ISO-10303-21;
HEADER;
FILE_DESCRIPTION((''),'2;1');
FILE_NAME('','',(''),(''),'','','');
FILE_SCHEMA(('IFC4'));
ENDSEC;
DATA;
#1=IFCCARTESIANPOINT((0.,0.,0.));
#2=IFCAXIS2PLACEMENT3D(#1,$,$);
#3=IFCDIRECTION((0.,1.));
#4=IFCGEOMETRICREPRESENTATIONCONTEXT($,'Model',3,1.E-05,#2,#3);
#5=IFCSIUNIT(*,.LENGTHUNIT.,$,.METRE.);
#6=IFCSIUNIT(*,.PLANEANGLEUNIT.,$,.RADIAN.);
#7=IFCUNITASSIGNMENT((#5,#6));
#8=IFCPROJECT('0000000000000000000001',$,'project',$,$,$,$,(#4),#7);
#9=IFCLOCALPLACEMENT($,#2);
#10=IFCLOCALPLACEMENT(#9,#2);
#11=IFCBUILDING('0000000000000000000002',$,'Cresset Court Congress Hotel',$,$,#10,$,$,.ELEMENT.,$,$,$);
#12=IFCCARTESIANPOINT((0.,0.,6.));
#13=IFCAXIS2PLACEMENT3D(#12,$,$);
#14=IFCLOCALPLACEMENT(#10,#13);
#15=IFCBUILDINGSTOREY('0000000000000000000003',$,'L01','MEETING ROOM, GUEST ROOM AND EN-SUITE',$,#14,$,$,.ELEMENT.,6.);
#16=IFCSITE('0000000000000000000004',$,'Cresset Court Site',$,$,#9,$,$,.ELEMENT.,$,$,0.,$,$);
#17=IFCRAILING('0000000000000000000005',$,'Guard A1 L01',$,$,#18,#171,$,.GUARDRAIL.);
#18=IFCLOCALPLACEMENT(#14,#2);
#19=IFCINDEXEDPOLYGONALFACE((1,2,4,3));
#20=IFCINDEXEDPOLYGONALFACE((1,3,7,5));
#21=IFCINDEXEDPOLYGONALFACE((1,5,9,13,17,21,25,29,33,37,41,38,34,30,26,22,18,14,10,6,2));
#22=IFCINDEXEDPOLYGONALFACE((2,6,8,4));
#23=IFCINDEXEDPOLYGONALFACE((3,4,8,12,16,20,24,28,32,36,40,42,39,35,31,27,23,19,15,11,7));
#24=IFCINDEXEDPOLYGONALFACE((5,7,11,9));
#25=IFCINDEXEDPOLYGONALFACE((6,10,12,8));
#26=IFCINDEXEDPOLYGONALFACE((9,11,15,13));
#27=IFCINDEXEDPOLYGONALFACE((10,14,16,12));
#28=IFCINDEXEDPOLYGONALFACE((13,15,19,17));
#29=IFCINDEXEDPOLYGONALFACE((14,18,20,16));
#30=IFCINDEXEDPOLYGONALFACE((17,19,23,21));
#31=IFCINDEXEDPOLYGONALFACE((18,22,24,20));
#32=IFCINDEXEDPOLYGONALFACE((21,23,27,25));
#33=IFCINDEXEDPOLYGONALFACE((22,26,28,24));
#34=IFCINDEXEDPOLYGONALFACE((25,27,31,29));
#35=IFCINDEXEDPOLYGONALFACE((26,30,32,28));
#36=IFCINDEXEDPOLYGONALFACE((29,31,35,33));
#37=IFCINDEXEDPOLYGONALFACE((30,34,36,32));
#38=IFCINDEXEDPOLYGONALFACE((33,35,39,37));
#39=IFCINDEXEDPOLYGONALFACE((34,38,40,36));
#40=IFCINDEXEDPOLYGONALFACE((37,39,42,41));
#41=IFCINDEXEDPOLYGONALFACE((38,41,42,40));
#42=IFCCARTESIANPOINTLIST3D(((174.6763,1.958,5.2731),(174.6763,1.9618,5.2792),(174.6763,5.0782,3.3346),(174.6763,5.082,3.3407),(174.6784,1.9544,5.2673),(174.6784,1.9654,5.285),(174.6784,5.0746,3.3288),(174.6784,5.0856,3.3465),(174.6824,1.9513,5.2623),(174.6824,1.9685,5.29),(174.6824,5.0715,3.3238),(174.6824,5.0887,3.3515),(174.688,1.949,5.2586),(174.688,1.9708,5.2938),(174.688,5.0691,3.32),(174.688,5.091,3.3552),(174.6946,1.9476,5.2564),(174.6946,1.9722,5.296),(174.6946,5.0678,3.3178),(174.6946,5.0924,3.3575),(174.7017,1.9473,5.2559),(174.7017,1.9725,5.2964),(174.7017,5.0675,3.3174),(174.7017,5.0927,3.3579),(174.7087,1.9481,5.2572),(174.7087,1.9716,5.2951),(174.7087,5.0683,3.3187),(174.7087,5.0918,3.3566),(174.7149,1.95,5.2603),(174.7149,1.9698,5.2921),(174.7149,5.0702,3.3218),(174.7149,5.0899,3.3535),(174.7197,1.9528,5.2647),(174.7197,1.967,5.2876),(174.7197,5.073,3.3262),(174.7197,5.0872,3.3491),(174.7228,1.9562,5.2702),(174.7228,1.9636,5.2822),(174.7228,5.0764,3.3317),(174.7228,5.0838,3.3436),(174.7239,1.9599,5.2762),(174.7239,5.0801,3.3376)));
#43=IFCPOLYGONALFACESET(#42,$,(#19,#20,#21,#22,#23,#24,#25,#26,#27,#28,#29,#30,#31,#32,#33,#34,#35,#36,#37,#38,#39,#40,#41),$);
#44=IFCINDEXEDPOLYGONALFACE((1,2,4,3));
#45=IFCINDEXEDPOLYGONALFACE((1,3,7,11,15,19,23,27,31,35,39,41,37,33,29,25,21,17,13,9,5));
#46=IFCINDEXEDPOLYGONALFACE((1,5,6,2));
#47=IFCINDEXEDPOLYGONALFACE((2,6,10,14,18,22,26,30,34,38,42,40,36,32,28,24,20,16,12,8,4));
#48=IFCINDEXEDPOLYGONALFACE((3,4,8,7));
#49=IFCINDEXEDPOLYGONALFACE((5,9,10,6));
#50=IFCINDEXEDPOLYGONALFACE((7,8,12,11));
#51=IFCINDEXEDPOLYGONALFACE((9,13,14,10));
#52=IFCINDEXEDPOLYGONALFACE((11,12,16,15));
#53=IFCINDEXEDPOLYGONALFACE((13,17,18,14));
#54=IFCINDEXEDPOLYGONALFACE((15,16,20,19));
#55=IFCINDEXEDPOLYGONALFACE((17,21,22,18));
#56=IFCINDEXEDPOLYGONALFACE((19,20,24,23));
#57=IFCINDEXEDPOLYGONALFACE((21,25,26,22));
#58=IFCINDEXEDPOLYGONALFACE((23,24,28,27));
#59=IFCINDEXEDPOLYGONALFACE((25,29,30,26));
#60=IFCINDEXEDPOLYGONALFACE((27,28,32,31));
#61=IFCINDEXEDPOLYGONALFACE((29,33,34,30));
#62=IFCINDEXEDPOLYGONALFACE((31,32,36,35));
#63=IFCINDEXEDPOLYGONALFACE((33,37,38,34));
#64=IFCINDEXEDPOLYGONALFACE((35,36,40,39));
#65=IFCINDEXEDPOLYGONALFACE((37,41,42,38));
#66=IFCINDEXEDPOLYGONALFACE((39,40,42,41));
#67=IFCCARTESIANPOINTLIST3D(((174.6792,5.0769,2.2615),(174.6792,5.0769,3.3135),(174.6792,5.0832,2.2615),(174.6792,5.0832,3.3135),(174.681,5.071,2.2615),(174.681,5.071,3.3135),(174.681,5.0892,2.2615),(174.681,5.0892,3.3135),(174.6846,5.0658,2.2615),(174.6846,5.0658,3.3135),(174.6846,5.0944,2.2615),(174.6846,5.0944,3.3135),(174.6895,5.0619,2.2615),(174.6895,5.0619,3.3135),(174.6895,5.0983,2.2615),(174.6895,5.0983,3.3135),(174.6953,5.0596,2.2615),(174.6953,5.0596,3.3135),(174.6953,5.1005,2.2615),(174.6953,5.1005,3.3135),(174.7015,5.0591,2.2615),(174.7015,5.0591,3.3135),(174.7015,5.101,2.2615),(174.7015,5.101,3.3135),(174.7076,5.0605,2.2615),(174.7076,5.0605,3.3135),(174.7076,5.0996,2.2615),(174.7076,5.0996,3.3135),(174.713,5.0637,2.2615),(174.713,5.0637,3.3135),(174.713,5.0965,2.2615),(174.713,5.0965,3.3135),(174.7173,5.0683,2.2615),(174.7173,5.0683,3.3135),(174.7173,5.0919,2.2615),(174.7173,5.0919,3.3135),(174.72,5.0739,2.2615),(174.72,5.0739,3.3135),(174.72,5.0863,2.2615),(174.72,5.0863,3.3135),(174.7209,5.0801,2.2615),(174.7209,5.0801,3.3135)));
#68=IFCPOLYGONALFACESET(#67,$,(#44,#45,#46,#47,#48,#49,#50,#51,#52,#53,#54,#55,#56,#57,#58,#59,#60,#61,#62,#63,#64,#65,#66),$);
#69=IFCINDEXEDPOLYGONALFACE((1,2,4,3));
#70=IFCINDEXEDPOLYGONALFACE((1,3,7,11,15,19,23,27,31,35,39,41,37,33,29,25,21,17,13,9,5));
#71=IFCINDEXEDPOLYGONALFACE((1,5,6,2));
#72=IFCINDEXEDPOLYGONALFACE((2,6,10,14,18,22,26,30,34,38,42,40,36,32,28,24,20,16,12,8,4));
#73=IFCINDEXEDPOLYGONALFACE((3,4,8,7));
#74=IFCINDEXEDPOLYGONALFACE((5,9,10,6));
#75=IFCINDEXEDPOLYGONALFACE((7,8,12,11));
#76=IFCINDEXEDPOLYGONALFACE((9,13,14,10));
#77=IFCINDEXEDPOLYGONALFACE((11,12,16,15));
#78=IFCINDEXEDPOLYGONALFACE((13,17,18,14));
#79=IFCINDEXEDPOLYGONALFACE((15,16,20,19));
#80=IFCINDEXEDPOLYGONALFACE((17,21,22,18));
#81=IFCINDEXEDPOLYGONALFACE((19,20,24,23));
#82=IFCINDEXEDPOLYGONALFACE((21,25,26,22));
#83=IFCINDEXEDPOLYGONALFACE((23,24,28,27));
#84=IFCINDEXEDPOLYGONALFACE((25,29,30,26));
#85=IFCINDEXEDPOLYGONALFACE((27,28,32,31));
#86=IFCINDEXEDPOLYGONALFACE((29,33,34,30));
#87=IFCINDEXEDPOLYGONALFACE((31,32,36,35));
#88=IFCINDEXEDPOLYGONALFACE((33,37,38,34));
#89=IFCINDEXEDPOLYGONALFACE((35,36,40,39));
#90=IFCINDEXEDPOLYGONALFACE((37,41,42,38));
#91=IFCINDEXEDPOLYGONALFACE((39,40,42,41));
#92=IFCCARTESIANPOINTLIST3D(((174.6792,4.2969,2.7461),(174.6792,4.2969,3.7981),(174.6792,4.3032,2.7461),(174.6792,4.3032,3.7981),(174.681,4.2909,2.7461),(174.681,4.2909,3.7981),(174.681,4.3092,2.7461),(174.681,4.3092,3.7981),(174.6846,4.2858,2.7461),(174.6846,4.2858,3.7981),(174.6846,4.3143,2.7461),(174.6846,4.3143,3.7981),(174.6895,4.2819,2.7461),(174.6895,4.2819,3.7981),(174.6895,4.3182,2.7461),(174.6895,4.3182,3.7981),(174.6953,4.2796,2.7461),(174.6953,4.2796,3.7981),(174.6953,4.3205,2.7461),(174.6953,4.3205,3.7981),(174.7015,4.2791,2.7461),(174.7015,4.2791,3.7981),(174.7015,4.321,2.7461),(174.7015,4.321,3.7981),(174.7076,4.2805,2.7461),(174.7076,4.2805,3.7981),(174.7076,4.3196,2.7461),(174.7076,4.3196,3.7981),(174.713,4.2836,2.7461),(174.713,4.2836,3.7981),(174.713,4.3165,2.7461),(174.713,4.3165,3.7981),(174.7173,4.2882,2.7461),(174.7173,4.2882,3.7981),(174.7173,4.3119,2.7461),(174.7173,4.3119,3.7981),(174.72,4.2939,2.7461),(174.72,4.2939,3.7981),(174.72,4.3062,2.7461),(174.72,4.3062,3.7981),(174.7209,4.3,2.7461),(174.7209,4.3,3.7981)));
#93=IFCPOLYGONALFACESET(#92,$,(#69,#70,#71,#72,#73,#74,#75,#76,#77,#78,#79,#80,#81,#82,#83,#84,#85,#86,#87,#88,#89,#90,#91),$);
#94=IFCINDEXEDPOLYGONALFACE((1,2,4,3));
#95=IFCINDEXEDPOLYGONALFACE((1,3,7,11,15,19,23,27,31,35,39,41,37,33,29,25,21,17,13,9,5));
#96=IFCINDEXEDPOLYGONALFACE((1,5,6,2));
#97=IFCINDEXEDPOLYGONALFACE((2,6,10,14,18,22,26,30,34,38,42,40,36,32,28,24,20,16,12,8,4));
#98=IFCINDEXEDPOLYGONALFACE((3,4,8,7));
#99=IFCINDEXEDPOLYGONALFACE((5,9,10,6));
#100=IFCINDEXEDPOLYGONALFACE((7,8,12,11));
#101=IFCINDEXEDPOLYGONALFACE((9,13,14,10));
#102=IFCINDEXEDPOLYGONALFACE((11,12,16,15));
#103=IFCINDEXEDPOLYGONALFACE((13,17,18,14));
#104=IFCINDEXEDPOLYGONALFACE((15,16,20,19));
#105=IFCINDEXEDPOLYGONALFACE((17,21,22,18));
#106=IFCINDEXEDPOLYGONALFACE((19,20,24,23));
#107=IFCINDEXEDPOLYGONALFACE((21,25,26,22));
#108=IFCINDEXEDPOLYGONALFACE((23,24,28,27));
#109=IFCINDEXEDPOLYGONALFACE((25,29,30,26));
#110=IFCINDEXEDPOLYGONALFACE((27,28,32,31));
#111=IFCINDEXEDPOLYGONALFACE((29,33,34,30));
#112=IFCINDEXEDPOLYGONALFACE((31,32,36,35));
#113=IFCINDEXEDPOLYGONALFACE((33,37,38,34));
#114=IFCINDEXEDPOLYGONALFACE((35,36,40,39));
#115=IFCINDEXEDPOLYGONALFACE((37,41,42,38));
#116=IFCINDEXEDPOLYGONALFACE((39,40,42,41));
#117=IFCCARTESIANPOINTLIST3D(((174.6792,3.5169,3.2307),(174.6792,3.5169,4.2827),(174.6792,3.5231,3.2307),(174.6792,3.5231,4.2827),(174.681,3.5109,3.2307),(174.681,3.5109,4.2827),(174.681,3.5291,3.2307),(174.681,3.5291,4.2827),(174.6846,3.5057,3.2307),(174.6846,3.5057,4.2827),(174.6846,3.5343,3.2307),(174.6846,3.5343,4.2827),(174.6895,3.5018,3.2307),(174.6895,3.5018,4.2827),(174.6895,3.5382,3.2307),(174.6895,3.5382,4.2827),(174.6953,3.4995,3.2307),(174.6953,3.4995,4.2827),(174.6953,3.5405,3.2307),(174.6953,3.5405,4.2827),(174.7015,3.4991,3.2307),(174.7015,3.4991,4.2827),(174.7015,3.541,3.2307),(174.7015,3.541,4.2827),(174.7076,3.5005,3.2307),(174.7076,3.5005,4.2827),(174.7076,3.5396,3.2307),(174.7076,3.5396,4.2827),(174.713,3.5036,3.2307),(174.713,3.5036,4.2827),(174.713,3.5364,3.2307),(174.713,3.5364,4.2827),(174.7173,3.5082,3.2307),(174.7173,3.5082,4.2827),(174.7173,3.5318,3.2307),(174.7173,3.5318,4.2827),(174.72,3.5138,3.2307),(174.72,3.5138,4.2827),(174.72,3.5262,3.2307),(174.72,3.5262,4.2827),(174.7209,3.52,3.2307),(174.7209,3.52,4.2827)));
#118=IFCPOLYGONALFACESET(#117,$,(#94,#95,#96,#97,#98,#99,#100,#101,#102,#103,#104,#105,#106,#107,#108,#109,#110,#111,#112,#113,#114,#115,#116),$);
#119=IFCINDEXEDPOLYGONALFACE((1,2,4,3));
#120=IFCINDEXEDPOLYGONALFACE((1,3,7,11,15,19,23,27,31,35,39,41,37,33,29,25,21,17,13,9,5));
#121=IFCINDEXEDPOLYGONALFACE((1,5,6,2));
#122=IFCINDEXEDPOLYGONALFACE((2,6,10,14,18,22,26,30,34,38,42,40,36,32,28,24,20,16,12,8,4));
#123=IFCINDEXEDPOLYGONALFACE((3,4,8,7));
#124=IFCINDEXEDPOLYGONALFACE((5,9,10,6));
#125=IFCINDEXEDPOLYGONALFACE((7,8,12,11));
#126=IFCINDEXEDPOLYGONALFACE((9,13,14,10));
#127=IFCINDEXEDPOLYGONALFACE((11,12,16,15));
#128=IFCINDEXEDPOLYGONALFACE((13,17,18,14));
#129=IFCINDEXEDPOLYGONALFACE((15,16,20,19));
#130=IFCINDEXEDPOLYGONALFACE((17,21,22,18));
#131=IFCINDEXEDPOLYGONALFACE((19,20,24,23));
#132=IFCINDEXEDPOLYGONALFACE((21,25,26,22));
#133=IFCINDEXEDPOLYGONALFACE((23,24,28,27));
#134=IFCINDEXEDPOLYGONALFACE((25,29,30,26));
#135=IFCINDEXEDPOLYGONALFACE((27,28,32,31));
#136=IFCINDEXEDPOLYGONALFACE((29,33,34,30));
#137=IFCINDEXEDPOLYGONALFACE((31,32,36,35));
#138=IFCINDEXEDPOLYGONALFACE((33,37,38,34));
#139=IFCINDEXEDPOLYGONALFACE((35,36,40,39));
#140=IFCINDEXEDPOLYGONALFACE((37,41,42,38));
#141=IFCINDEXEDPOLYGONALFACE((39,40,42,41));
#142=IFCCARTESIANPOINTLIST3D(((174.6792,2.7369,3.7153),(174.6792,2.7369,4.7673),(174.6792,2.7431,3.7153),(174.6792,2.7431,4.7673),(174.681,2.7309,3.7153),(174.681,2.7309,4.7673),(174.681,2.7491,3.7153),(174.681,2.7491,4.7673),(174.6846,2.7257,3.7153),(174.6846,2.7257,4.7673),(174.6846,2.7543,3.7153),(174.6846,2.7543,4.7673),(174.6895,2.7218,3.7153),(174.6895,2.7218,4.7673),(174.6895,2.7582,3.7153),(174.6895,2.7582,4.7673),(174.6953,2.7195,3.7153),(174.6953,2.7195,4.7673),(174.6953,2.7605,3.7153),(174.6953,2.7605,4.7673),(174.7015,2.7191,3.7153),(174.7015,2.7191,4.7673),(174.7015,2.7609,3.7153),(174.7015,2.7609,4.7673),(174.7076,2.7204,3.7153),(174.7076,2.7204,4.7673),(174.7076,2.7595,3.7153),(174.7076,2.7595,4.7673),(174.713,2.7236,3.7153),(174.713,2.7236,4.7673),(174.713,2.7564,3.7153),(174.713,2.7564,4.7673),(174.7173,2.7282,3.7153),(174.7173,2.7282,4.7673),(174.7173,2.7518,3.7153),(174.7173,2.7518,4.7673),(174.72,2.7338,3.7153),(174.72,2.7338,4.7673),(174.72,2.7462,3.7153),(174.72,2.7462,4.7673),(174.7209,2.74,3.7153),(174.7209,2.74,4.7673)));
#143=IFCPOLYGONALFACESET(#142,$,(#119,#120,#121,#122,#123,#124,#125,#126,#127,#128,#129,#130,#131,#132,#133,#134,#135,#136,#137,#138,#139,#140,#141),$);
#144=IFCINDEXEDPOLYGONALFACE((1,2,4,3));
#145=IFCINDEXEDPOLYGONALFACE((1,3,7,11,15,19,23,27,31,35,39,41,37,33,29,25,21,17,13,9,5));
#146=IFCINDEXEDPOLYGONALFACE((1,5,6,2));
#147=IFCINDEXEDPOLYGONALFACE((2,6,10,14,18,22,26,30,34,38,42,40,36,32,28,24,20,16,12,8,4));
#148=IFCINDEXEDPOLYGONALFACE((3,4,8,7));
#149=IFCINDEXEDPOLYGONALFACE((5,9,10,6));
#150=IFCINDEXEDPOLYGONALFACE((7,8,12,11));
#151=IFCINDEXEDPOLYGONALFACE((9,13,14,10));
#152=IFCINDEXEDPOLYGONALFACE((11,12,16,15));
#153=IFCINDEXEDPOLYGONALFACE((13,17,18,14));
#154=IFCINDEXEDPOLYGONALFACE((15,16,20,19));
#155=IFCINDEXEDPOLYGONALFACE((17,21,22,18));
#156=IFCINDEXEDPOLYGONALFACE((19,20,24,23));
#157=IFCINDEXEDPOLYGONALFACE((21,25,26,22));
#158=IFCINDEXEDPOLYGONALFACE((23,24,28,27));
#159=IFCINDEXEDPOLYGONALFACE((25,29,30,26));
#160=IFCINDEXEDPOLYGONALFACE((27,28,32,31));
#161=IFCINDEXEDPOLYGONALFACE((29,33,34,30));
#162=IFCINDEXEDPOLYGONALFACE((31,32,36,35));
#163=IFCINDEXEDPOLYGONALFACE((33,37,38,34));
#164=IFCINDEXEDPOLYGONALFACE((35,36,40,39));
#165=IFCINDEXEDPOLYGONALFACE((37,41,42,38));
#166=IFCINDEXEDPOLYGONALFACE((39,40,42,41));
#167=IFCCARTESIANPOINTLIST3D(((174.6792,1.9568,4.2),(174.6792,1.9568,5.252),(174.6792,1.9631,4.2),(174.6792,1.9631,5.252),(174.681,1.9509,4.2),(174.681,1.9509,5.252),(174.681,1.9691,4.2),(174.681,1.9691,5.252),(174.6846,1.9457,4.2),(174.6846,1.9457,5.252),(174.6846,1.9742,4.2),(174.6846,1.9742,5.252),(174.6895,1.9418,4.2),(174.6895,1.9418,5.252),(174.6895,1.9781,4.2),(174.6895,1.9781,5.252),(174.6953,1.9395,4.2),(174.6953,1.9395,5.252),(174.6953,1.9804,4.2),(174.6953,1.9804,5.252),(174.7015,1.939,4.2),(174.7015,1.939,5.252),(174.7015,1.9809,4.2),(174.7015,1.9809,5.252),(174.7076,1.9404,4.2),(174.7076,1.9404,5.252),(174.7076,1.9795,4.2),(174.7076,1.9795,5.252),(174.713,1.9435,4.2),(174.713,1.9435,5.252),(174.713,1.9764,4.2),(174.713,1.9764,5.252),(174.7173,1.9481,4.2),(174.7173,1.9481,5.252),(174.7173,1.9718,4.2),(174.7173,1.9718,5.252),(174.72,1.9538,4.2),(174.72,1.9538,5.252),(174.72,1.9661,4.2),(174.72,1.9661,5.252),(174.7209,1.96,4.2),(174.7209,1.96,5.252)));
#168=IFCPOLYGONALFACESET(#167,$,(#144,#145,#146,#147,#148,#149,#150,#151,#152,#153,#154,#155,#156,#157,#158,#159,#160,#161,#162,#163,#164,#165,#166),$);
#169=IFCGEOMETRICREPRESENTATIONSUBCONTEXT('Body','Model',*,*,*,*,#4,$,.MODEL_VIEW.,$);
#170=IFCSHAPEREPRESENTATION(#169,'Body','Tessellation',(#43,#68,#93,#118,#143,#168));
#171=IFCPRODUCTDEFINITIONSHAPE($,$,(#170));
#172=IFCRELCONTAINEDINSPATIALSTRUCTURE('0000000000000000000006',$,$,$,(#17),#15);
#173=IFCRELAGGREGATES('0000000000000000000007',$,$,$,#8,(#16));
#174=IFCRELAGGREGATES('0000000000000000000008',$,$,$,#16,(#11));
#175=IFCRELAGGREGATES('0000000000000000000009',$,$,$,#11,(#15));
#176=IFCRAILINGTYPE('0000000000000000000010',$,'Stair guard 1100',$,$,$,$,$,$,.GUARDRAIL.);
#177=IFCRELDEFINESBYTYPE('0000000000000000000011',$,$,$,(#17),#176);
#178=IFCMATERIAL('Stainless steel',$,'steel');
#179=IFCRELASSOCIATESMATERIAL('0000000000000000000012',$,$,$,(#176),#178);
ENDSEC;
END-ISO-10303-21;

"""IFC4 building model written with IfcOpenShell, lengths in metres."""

from ifc_helpers import new_model, si_unit, direction, frame, origin, origin_2d, place, context, subcontext, project, spatial, circle, extrude, material, type_object, element, save


model = new_model("IFC4")

# Units and contexts
model_context = context("Model", 3, precision=1e-05, world=origin(), true_north=direction((0.0, 1.0)))
body_context = subcontext(model_context, "Body", "Model", "MODEL_VIEW")
ifc_project = project(units=[si_unit("LENGTHUNIT", "METRE"), si_unit("PLANEANGLEUNIT", "RADIAN")], contexts=[model_context])

# Site, building, storey
site_placement = place(None, origin())
site = spatial("IfcSite", under=ifc_project, at=site_placement, Name="Cresset Court Site", CompositionType="ELEMENT", RefElevation=0.0)
building_placement = place(site_placement, origin())
building = spatial("IfcBuilding", under=site, at=building_placement, Name="Cresset Court Congress Hotel", CompositionType="ELEMENT")
storey_placement = place(building_placement, frame((0.0, 0.0, 6.0)))
storey = spatial("IfcBuildingStorey", under=building, at=storey_placement, Name="L01", Description="MEETING ROOM, GUEST ROOM AND EN-SUITE", CompositionType="ELEMENT", Elevation=6.0)

# Railing
ifc_material_1 = material(Name="Stainless steel", Category="steel")
railing_type_1 = type_object("IfcRailingType", Name="Stair guard 1100", PredefinedType="GUARDRAIL", material=ifc_material_1)
railing_1_placement = place(storey_placement, frame((174.7, 5.0801, 2.2615)))
element("IfcRailing", 1, at=railing_1_placement, inside=storey, type_object=railing_type_1, Name="Guard A1 L01", PredefinedType="GUARDRAIL", context=body_context, shape_type="SweptSolid", body=[
    extrude(circle(Radius=0.0239, at=origin_2d()), frame((0.0, 0.0, 1.0762), z_axis=(0.0, -0.849414, 0.527727), x_axis=(1.0, 0.0, 0.0)), (0.0, 0.0, 1.0), 3.6733),
    extrude(circle(Radius=0.021, at=origin_2d()), origin(), (0.0, 0.0, 1.0), 1.052),
    extrude(circle(Radius=0.021, at=origin_2d()), frame((0.0, -0.78, 0.4846)), (0.0, 0.0, 1.0), 1.052),
    extrude(circle(Radius=0.021, at=origin_2d()), frame((0.0, -1.5601, 0.9692)), (0.0, 0.0, 1.0), 1.052),
    extrude(circle(Radius=0.021, at=origin_2d()), frame((0.0, -2.3401, 1.4539)), (0.0, 0.0, 1.0), 1.052),
    extrude(circle(Radius=0.021, at=origin_2d()), frame((0.0, -3.1201, 1.9385)), (0.0, 0.0, 1.0), 1.052),
])

save(model, "model.ifc")
